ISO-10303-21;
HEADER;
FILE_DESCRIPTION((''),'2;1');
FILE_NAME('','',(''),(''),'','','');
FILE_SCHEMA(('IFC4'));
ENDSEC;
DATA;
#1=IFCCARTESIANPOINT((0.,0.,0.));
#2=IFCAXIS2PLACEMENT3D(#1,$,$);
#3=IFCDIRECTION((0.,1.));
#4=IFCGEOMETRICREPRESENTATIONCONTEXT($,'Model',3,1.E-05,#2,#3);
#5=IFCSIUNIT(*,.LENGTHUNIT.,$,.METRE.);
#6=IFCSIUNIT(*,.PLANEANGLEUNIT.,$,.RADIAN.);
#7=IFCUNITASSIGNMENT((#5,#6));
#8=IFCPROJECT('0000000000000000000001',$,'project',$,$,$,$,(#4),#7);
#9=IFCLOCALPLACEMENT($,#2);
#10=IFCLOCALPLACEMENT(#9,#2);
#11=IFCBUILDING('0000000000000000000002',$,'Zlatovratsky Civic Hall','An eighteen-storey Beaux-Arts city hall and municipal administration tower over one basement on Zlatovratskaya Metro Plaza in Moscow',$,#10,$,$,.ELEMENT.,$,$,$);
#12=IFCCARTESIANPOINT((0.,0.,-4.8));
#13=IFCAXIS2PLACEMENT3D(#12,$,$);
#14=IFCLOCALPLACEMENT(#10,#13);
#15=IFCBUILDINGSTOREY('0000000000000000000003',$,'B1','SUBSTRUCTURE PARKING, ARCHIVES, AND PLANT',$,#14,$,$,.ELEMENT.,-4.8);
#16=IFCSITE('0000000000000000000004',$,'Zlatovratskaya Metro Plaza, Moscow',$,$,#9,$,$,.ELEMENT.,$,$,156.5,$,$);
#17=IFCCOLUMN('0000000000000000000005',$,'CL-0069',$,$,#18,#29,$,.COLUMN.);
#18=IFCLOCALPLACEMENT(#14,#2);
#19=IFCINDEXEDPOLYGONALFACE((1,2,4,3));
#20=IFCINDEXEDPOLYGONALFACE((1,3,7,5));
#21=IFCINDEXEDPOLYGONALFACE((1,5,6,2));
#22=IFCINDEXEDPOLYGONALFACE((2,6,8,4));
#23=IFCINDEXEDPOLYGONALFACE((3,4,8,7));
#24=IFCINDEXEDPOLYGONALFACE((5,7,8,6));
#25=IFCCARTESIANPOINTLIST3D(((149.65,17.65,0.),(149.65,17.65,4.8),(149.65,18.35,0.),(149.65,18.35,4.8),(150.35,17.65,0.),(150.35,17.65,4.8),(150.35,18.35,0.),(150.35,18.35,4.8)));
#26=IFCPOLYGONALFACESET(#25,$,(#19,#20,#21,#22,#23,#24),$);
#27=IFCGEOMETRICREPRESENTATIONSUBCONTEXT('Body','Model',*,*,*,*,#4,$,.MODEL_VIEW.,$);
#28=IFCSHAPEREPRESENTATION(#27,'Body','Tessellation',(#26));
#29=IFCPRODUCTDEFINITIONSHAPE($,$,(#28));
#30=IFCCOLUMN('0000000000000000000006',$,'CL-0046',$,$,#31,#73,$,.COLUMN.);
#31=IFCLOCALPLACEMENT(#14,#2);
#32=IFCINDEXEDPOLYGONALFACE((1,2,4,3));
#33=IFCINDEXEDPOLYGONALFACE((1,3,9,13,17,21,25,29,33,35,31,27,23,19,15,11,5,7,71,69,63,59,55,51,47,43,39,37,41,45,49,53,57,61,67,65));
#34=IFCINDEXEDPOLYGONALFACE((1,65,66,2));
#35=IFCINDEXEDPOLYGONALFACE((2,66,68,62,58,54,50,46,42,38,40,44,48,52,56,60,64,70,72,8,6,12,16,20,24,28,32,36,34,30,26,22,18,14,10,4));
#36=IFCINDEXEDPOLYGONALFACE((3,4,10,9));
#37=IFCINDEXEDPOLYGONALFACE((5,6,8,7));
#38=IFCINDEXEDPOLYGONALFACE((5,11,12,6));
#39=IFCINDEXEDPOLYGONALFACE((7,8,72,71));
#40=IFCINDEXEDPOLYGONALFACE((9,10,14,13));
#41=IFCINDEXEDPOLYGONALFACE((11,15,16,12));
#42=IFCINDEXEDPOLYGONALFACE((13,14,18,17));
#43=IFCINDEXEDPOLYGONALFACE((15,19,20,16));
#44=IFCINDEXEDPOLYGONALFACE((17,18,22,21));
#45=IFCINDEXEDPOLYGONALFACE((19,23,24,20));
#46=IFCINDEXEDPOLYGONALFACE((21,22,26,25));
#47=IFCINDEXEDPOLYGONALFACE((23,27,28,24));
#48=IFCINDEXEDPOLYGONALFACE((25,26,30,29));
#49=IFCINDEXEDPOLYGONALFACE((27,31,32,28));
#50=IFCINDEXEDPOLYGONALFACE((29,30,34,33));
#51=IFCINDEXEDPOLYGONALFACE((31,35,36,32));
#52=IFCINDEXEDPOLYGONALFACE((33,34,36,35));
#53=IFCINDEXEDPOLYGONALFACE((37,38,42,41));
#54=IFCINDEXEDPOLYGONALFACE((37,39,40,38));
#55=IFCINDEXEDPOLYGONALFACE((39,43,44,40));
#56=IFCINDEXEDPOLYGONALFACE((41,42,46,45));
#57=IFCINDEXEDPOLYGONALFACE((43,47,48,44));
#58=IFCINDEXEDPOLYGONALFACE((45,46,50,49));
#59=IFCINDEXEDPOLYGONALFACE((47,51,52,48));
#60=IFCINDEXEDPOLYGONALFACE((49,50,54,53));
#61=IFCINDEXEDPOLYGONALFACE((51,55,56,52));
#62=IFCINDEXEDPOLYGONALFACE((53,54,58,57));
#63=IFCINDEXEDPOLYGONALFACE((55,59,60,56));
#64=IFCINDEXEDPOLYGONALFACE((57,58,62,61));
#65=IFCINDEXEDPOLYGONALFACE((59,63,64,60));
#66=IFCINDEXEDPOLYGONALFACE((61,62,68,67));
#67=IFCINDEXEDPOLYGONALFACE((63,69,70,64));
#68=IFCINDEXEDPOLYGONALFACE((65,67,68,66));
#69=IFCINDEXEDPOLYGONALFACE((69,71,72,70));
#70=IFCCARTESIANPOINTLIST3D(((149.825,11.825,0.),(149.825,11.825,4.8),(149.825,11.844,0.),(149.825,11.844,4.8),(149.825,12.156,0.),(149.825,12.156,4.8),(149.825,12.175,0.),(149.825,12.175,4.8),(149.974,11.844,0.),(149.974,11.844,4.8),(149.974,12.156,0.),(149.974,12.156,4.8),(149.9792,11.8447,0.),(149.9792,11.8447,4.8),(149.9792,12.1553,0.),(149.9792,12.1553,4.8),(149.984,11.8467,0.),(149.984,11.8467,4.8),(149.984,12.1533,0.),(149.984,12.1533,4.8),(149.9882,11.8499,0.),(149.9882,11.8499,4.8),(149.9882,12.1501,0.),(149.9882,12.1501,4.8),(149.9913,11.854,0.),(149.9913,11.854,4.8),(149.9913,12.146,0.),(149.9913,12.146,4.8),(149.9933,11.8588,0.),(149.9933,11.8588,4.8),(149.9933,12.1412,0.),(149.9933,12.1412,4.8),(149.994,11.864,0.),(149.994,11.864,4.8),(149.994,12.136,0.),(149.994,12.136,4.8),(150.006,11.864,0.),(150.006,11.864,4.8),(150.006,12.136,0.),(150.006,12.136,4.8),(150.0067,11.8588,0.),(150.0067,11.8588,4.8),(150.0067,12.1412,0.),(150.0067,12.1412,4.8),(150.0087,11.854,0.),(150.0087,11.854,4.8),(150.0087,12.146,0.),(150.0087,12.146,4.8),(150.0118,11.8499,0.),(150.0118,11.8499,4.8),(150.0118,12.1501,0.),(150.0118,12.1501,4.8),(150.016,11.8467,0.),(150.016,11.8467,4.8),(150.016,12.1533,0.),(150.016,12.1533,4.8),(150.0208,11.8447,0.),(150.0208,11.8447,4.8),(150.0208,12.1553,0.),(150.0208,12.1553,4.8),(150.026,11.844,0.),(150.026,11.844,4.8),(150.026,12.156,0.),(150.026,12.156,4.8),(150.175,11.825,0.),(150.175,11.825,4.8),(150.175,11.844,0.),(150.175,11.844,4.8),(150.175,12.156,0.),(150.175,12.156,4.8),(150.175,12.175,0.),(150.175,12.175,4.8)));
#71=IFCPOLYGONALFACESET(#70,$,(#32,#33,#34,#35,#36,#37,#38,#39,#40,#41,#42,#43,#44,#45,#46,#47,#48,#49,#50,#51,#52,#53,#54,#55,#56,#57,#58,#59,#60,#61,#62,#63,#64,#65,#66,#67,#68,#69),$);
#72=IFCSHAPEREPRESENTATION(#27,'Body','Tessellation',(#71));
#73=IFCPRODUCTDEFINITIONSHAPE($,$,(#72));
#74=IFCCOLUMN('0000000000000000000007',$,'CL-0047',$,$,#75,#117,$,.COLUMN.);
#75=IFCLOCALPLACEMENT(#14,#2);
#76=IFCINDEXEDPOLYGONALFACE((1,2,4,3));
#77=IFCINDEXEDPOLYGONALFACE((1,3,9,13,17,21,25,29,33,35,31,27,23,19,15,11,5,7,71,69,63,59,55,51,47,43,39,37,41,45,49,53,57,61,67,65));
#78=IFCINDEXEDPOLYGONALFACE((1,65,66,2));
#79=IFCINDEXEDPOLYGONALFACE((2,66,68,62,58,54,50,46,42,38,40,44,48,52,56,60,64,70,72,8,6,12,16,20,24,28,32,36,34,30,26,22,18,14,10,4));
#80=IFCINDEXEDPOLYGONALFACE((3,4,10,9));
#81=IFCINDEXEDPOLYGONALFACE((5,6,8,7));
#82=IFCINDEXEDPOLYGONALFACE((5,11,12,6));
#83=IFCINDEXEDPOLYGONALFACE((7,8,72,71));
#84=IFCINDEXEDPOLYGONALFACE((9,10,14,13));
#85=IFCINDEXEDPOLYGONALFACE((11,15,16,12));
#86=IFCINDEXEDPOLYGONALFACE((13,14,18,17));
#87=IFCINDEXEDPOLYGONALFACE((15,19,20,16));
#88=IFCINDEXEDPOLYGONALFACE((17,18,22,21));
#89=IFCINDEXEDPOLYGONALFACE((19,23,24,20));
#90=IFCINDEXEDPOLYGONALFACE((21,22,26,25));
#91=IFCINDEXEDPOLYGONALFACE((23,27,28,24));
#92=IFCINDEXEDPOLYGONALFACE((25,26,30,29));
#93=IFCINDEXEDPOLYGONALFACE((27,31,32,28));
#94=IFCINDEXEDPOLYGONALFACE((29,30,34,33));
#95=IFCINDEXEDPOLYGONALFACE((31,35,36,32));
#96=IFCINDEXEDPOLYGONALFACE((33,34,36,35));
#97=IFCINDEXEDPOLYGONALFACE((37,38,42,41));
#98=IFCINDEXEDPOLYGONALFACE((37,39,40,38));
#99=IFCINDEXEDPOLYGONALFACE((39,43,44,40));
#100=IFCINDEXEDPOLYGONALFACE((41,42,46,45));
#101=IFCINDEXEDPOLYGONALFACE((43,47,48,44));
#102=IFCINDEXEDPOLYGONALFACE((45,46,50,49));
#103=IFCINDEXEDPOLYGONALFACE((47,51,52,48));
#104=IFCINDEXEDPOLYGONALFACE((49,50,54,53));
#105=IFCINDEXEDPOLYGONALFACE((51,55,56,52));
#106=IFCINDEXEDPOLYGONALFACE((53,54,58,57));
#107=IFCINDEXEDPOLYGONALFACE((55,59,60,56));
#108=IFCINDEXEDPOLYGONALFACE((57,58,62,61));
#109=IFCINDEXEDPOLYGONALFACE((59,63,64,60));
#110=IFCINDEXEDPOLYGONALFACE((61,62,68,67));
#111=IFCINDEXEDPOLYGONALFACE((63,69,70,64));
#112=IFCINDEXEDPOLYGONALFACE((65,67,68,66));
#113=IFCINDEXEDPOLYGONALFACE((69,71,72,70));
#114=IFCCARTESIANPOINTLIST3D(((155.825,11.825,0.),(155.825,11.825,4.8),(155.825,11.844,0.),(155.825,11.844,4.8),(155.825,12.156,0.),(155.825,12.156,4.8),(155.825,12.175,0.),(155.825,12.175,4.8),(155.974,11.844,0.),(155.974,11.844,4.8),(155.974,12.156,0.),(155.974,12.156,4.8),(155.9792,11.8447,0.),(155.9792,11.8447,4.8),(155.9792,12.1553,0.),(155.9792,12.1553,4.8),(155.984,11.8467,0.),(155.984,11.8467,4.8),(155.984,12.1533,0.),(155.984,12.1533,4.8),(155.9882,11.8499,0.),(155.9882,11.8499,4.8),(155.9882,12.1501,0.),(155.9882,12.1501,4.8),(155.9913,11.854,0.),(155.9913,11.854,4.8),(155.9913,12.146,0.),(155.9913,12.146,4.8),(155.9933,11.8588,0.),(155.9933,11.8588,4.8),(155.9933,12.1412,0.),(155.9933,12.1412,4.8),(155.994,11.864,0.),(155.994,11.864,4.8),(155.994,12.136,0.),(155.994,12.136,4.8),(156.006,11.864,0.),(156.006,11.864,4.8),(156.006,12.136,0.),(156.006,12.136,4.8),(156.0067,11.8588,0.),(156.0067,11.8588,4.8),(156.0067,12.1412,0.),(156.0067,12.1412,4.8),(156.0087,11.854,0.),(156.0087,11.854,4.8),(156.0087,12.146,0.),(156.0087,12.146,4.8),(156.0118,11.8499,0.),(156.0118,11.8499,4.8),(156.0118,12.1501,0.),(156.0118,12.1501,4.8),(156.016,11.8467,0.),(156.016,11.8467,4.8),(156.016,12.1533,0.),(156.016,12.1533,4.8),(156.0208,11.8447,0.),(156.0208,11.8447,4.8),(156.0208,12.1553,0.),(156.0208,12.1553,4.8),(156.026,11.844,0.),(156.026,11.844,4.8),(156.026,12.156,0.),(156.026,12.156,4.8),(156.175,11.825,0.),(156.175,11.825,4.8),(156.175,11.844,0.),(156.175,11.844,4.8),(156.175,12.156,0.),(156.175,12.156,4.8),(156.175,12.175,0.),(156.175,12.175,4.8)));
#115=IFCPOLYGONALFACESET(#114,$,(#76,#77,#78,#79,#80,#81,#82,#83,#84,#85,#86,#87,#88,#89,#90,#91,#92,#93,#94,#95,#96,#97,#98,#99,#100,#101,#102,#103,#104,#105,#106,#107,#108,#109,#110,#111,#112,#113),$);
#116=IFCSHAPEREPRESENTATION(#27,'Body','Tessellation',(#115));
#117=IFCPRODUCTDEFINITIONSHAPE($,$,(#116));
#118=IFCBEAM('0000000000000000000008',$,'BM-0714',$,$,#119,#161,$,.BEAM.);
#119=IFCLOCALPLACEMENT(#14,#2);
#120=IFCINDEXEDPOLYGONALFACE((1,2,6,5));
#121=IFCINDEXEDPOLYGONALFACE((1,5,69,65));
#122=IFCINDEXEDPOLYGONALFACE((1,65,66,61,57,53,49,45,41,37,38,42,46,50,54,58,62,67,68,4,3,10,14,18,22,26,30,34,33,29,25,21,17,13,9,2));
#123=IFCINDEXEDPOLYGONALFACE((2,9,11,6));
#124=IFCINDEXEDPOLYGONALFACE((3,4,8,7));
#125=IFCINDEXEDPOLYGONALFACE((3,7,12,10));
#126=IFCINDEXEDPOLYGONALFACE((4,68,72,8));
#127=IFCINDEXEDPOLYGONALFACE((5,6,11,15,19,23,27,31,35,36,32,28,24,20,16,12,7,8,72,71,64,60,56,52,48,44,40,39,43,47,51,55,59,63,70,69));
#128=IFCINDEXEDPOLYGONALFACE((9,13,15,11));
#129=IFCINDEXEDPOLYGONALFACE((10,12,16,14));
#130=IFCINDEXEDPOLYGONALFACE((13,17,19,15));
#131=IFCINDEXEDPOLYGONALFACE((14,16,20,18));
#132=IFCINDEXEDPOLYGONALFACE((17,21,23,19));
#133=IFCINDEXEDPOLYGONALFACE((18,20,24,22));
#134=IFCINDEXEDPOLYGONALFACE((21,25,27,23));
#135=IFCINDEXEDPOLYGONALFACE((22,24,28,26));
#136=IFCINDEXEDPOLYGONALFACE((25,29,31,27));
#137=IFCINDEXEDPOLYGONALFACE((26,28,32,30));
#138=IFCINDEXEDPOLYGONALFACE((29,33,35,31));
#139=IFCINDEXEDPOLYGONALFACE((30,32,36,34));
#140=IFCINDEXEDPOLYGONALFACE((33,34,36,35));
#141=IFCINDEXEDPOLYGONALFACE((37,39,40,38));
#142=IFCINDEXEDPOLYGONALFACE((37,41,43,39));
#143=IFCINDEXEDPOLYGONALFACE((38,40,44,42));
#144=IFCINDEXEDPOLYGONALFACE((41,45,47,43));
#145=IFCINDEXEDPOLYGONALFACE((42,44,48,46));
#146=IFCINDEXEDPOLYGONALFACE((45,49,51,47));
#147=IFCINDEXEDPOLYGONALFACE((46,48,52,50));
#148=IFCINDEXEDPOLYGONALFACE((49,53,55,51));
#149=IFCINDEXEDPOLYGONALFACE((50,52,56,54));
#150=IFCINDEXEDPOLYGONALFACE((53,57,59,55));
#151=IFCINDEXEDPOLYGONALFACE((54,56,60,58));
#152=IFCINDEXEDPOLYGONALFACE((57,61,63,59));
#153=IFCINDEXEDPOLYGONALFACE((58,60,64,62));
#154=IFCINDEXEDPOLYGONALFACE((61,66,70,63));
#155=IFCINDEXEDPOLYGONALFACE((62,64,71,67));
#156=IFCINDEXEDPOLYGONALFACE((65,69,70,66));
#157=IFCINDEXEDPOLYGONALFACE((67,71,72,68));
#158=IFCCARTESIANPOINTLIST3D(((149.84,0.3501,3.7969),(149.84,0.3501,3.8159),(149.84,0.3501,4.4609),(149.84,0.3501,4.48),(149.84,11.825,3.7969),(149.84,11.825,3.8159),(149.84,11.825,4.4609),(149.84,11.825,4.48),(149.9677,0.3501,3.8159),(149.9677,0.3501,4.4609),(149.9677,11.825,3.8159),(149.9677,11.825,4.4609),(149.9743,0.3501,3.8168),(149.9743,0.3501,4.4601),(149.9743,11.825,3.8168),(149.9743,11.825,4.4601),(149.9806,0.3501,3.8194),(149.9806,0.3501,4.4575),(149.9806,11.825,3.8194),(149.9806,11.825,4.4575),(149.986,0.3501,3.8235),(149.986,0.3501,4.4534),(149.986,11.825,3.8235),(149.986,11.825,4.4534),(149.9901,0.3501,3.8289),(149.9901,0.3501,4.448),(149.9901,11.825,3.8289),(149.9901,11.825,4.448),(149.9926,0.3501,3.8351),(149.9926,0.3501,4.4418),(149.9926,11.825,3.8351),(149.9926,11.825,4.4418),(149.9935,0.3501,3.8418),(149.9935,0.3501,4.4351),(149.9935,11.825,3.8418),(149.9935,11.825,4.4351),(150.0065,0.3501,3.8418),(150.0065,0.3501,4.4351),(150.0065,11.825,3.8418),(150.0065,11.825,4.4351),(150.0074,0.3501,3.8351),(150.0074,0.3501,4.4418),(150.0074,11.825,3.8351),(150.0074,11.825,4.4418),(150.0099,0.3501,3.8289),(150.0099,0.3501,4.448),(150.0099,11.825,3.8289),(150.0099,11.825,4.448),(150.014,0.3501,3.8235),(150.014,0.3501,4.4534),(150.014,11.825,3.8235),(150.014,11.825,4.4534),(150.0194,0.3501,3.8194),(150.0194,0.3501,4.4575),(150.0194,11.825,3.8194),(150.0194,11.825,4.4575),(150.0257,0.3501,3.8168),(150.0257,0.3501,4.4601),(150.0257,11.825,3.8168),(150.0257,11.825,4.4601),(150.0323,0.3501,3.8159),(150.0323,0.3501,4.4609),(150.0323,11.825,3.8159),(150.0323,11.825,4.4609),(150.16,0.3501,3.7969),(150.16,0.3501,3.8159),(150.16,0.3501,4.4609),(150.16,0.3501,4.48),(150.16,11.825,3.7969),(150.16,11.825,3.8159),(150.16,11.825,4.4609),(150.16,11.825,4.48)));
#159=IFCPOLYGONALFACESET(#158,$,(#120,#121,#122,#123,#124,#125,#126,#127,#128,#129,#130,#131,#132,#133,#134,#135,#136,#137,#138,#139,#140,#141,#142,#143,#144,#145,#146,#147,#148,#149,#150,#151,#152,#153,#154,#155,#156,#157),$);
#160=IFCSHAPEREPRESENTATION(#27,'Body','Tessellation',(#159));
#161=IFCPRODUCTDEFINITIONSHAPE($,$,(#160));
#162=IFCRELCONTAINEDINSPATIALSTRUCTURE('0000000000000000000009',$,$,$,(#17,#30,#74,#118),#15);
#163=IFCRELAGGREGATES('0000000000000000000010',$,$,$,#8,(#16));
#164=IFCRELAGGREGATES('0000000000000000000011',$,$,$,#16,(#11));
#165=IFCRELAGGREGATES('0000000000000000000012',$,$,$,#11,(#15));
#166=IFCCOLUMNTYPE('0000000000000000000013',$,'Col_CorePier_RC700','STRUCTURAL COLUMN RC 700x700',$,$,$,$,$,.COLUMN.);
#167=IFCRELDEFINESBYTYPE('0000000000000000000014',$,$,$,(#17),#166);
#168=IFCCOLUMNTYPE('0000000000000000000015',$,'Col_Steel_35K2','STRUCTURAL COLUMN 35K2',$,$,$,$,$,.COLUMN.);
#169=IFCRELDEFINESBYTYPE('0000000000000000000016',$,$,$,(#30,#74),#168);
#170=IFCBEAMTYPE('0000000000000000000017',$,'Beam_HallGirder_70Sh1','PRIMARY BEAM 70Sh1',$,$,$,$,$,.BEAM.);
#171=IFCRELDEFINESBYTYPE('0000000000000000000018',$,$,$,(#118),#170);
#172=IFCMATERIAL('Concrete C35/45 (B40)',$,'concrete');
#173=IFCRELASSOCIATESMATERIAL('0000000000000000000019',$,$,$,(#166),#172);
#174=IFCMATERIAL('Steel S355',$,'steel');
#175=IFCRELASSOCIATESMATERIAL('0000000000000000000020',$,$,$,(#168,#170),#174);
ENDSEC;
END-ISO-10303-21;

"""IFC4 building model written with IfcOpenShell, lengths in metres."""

from ifc_helpers import new_model, si_unit, direction, frame, origin, origin_2d, place, context, subcontext, project, spatial, rectangle, i_section, extrude, material, material_profile, profile_set, type_object, element, save


model = new_model("IFC4")

# Units and contexts
model_context = context("Model", 3, precision=1e-05, world=origin(), true_north=direction((0.0, 1.0)))
body_context = subcontext(model_context, "Body", "Model", "MODEL_VIEW")
ifc_project = project(units=[si_unit("LENGTHUNIT", "METRE"), si_unit("PLANEANGLEUNIT", "RADIAN")], contexts=[model_context])

# Site, building, storey
site_placement = place(None, origin())
site = spatial("IfcSite", under=ifc_project, at=site_placement, Name="Zlatovratskaya Metro Plaza, Moscow", CompositionType="ELEMENT", RefElevation=156.5)
building_placement = place(site_placement, origin())
building = spatial("IfcBuilding", under=site, at=building_placement, Name="Zlatovratsky Civic Hall", Description="An eighteen-storey Beaux-Arts city hall and municipal administration tower over one basement on Zlatovratskaya Metro Plaza in Moscow", CompositionType="ELEMENT")
storey_placement = place(building_placement, frame((0.0, 0.0, -4.8)))
storey = spatial("IfcBuildingStorey", under=building, at=storey_placement, Name="B1", Description="SUBSTRUCTURE PARKING, ARCHIVES, AND PLANT", CompositionType="ELEMENT", Elevation=-4.8)

# Columns
ifc_material_1 = material(Name="Concrete C35/45 (B40)", Category="concrete")
ifc_material_profile_1 = material_profile(ifc_material_1, rectangle(XDim=0.7, YDim=0.7, at=origin_2d()), Name="RC 700x700")
ifc_profile_set_1 = profile_set([ifc_material_profile_1], Name="Concrete C35/45 (B40)")
column_type_1 = type_object("IfcColumnType", Name="Col_CorePier_RC700", Description="STRUCTURAL COLUMN RC 700x700", PredefinedType="COLUMN", material=ifc_profile_set_1)
for number, where, z_axis, x_axis, name in (
    (1, (150.0, 18.0, 0.0), (0.0, 0.0, 1.0), (1.0, 0.0, 0.0), "CL-0069"),
):
    element("IfcColumn", number, at=place(storey_placement, frame(where, z_axis=z_axis, x_axis=x_axis)), inside=storey, type_object=column_type_1, Name=name, PredefinedType="COLUMN", context=body_context, shape_type="SweptSolid", body=[
        extrude(rectangle(XDim=0.7, YDim=0.7, at=origin_2d()), origin(), (0.0, 0.0, 1.0), 4.8),
    ])
ifc_material_2 = material(Name="Steel S355", Category="steel")
ifc_material_profile_2 = material_profile(ifc_material_2, i_section(OverallWidth=0.3501, OverallDepth=0.3501, WebThickness=0.012, FlangeThickness=0.019, FilletRadius=0.02, at=origin_2d()), Name="35K2")
ifc_profile_set_2 = profile_set([ifc_material_profile_2], Name="Steel S355")
column_type_2 = type_object("IfcColumnType", Name="Col_Steel_35K2", Description="STRUCTURAL COLUMN 35K2", PredefinedType="COLUMN", material=ifc_profile_set_2)
for number, where, z_axis, x_axis, name in (
    (2, (150.0, 12.0, 0.0), (0.0, 0.0, 1.0), (1.0, 0.0, 0.0), "CL-0046"),
    (3, (156.0, 12.0, 0.0), (0.0, 0.0, 1.0), (1.0, 0.0, 0.0), "CL-0047"),
):
    element("IfcColumn", number, at=place(storey_placement, frame(where, z_axis=z_axis, x_axis=x_axis)), inside=storey, type_object=column_type_2, Name=name, PredefinedType="COLUMN", context=body_context, shape_type="SweptSolid", body=[
        extrude(i_section(OverallWidth=0.3501, OverallDepth=0.3501, WebThickness=0.012, FlangeThickness=0.019, FilletRadius=0.02, at=origin_2d()), origin(), (0.0, 0.0, 1.0), 4.8),
    ])

# Beam
ifc_material_profile_3 = material_profile(ifc_material_2, i_section(OverallWidth=0.3201, OverallDepth=0.6831, WebThickness=0.0129, FlangeThickness=0.019, FilletRadius=0.0259, at=origin_2d()), Name="70Sh1")
ifc_profile_set_3 = profile_set([ifc_material_profile_3], Name="Steel S355")
beam_type_1 = type_object("IfcBeamType", Name="Beam_HallGirder_70Sh1", Description="PRIMARY BEAM 70Sh1", PredefinedType="BEAM", material=ifc_profile_set_3)
for number, where, z_axis, x_axis, name in (
    (4, (150.0, 0.3501, 4.1384), (0.0, 1.0, 0.0), (-1.0, 0.0, 0.0), "BM-0714"),
):
    element("IfcBeam", number, at=place(storey_placement, frame(where, z_axis=z_axis, x_axis=x_axis)), inside=storey, type_object=beam_type_1, Name=name, PredefinedType="BEAM", context=body_context, shape_type="SweptSolid", body=[
        extrude(i_section(OverallWidth=0.3201, OverallDepth=0.6831, WebThickness=0.0129, FlangeThickness=0.019, FilletRadius=0.0259, at=origin_2d()), origin(), (0.0, 0.0, 1.0), 11.4749),
    ])

save(model, "model.ifc")
